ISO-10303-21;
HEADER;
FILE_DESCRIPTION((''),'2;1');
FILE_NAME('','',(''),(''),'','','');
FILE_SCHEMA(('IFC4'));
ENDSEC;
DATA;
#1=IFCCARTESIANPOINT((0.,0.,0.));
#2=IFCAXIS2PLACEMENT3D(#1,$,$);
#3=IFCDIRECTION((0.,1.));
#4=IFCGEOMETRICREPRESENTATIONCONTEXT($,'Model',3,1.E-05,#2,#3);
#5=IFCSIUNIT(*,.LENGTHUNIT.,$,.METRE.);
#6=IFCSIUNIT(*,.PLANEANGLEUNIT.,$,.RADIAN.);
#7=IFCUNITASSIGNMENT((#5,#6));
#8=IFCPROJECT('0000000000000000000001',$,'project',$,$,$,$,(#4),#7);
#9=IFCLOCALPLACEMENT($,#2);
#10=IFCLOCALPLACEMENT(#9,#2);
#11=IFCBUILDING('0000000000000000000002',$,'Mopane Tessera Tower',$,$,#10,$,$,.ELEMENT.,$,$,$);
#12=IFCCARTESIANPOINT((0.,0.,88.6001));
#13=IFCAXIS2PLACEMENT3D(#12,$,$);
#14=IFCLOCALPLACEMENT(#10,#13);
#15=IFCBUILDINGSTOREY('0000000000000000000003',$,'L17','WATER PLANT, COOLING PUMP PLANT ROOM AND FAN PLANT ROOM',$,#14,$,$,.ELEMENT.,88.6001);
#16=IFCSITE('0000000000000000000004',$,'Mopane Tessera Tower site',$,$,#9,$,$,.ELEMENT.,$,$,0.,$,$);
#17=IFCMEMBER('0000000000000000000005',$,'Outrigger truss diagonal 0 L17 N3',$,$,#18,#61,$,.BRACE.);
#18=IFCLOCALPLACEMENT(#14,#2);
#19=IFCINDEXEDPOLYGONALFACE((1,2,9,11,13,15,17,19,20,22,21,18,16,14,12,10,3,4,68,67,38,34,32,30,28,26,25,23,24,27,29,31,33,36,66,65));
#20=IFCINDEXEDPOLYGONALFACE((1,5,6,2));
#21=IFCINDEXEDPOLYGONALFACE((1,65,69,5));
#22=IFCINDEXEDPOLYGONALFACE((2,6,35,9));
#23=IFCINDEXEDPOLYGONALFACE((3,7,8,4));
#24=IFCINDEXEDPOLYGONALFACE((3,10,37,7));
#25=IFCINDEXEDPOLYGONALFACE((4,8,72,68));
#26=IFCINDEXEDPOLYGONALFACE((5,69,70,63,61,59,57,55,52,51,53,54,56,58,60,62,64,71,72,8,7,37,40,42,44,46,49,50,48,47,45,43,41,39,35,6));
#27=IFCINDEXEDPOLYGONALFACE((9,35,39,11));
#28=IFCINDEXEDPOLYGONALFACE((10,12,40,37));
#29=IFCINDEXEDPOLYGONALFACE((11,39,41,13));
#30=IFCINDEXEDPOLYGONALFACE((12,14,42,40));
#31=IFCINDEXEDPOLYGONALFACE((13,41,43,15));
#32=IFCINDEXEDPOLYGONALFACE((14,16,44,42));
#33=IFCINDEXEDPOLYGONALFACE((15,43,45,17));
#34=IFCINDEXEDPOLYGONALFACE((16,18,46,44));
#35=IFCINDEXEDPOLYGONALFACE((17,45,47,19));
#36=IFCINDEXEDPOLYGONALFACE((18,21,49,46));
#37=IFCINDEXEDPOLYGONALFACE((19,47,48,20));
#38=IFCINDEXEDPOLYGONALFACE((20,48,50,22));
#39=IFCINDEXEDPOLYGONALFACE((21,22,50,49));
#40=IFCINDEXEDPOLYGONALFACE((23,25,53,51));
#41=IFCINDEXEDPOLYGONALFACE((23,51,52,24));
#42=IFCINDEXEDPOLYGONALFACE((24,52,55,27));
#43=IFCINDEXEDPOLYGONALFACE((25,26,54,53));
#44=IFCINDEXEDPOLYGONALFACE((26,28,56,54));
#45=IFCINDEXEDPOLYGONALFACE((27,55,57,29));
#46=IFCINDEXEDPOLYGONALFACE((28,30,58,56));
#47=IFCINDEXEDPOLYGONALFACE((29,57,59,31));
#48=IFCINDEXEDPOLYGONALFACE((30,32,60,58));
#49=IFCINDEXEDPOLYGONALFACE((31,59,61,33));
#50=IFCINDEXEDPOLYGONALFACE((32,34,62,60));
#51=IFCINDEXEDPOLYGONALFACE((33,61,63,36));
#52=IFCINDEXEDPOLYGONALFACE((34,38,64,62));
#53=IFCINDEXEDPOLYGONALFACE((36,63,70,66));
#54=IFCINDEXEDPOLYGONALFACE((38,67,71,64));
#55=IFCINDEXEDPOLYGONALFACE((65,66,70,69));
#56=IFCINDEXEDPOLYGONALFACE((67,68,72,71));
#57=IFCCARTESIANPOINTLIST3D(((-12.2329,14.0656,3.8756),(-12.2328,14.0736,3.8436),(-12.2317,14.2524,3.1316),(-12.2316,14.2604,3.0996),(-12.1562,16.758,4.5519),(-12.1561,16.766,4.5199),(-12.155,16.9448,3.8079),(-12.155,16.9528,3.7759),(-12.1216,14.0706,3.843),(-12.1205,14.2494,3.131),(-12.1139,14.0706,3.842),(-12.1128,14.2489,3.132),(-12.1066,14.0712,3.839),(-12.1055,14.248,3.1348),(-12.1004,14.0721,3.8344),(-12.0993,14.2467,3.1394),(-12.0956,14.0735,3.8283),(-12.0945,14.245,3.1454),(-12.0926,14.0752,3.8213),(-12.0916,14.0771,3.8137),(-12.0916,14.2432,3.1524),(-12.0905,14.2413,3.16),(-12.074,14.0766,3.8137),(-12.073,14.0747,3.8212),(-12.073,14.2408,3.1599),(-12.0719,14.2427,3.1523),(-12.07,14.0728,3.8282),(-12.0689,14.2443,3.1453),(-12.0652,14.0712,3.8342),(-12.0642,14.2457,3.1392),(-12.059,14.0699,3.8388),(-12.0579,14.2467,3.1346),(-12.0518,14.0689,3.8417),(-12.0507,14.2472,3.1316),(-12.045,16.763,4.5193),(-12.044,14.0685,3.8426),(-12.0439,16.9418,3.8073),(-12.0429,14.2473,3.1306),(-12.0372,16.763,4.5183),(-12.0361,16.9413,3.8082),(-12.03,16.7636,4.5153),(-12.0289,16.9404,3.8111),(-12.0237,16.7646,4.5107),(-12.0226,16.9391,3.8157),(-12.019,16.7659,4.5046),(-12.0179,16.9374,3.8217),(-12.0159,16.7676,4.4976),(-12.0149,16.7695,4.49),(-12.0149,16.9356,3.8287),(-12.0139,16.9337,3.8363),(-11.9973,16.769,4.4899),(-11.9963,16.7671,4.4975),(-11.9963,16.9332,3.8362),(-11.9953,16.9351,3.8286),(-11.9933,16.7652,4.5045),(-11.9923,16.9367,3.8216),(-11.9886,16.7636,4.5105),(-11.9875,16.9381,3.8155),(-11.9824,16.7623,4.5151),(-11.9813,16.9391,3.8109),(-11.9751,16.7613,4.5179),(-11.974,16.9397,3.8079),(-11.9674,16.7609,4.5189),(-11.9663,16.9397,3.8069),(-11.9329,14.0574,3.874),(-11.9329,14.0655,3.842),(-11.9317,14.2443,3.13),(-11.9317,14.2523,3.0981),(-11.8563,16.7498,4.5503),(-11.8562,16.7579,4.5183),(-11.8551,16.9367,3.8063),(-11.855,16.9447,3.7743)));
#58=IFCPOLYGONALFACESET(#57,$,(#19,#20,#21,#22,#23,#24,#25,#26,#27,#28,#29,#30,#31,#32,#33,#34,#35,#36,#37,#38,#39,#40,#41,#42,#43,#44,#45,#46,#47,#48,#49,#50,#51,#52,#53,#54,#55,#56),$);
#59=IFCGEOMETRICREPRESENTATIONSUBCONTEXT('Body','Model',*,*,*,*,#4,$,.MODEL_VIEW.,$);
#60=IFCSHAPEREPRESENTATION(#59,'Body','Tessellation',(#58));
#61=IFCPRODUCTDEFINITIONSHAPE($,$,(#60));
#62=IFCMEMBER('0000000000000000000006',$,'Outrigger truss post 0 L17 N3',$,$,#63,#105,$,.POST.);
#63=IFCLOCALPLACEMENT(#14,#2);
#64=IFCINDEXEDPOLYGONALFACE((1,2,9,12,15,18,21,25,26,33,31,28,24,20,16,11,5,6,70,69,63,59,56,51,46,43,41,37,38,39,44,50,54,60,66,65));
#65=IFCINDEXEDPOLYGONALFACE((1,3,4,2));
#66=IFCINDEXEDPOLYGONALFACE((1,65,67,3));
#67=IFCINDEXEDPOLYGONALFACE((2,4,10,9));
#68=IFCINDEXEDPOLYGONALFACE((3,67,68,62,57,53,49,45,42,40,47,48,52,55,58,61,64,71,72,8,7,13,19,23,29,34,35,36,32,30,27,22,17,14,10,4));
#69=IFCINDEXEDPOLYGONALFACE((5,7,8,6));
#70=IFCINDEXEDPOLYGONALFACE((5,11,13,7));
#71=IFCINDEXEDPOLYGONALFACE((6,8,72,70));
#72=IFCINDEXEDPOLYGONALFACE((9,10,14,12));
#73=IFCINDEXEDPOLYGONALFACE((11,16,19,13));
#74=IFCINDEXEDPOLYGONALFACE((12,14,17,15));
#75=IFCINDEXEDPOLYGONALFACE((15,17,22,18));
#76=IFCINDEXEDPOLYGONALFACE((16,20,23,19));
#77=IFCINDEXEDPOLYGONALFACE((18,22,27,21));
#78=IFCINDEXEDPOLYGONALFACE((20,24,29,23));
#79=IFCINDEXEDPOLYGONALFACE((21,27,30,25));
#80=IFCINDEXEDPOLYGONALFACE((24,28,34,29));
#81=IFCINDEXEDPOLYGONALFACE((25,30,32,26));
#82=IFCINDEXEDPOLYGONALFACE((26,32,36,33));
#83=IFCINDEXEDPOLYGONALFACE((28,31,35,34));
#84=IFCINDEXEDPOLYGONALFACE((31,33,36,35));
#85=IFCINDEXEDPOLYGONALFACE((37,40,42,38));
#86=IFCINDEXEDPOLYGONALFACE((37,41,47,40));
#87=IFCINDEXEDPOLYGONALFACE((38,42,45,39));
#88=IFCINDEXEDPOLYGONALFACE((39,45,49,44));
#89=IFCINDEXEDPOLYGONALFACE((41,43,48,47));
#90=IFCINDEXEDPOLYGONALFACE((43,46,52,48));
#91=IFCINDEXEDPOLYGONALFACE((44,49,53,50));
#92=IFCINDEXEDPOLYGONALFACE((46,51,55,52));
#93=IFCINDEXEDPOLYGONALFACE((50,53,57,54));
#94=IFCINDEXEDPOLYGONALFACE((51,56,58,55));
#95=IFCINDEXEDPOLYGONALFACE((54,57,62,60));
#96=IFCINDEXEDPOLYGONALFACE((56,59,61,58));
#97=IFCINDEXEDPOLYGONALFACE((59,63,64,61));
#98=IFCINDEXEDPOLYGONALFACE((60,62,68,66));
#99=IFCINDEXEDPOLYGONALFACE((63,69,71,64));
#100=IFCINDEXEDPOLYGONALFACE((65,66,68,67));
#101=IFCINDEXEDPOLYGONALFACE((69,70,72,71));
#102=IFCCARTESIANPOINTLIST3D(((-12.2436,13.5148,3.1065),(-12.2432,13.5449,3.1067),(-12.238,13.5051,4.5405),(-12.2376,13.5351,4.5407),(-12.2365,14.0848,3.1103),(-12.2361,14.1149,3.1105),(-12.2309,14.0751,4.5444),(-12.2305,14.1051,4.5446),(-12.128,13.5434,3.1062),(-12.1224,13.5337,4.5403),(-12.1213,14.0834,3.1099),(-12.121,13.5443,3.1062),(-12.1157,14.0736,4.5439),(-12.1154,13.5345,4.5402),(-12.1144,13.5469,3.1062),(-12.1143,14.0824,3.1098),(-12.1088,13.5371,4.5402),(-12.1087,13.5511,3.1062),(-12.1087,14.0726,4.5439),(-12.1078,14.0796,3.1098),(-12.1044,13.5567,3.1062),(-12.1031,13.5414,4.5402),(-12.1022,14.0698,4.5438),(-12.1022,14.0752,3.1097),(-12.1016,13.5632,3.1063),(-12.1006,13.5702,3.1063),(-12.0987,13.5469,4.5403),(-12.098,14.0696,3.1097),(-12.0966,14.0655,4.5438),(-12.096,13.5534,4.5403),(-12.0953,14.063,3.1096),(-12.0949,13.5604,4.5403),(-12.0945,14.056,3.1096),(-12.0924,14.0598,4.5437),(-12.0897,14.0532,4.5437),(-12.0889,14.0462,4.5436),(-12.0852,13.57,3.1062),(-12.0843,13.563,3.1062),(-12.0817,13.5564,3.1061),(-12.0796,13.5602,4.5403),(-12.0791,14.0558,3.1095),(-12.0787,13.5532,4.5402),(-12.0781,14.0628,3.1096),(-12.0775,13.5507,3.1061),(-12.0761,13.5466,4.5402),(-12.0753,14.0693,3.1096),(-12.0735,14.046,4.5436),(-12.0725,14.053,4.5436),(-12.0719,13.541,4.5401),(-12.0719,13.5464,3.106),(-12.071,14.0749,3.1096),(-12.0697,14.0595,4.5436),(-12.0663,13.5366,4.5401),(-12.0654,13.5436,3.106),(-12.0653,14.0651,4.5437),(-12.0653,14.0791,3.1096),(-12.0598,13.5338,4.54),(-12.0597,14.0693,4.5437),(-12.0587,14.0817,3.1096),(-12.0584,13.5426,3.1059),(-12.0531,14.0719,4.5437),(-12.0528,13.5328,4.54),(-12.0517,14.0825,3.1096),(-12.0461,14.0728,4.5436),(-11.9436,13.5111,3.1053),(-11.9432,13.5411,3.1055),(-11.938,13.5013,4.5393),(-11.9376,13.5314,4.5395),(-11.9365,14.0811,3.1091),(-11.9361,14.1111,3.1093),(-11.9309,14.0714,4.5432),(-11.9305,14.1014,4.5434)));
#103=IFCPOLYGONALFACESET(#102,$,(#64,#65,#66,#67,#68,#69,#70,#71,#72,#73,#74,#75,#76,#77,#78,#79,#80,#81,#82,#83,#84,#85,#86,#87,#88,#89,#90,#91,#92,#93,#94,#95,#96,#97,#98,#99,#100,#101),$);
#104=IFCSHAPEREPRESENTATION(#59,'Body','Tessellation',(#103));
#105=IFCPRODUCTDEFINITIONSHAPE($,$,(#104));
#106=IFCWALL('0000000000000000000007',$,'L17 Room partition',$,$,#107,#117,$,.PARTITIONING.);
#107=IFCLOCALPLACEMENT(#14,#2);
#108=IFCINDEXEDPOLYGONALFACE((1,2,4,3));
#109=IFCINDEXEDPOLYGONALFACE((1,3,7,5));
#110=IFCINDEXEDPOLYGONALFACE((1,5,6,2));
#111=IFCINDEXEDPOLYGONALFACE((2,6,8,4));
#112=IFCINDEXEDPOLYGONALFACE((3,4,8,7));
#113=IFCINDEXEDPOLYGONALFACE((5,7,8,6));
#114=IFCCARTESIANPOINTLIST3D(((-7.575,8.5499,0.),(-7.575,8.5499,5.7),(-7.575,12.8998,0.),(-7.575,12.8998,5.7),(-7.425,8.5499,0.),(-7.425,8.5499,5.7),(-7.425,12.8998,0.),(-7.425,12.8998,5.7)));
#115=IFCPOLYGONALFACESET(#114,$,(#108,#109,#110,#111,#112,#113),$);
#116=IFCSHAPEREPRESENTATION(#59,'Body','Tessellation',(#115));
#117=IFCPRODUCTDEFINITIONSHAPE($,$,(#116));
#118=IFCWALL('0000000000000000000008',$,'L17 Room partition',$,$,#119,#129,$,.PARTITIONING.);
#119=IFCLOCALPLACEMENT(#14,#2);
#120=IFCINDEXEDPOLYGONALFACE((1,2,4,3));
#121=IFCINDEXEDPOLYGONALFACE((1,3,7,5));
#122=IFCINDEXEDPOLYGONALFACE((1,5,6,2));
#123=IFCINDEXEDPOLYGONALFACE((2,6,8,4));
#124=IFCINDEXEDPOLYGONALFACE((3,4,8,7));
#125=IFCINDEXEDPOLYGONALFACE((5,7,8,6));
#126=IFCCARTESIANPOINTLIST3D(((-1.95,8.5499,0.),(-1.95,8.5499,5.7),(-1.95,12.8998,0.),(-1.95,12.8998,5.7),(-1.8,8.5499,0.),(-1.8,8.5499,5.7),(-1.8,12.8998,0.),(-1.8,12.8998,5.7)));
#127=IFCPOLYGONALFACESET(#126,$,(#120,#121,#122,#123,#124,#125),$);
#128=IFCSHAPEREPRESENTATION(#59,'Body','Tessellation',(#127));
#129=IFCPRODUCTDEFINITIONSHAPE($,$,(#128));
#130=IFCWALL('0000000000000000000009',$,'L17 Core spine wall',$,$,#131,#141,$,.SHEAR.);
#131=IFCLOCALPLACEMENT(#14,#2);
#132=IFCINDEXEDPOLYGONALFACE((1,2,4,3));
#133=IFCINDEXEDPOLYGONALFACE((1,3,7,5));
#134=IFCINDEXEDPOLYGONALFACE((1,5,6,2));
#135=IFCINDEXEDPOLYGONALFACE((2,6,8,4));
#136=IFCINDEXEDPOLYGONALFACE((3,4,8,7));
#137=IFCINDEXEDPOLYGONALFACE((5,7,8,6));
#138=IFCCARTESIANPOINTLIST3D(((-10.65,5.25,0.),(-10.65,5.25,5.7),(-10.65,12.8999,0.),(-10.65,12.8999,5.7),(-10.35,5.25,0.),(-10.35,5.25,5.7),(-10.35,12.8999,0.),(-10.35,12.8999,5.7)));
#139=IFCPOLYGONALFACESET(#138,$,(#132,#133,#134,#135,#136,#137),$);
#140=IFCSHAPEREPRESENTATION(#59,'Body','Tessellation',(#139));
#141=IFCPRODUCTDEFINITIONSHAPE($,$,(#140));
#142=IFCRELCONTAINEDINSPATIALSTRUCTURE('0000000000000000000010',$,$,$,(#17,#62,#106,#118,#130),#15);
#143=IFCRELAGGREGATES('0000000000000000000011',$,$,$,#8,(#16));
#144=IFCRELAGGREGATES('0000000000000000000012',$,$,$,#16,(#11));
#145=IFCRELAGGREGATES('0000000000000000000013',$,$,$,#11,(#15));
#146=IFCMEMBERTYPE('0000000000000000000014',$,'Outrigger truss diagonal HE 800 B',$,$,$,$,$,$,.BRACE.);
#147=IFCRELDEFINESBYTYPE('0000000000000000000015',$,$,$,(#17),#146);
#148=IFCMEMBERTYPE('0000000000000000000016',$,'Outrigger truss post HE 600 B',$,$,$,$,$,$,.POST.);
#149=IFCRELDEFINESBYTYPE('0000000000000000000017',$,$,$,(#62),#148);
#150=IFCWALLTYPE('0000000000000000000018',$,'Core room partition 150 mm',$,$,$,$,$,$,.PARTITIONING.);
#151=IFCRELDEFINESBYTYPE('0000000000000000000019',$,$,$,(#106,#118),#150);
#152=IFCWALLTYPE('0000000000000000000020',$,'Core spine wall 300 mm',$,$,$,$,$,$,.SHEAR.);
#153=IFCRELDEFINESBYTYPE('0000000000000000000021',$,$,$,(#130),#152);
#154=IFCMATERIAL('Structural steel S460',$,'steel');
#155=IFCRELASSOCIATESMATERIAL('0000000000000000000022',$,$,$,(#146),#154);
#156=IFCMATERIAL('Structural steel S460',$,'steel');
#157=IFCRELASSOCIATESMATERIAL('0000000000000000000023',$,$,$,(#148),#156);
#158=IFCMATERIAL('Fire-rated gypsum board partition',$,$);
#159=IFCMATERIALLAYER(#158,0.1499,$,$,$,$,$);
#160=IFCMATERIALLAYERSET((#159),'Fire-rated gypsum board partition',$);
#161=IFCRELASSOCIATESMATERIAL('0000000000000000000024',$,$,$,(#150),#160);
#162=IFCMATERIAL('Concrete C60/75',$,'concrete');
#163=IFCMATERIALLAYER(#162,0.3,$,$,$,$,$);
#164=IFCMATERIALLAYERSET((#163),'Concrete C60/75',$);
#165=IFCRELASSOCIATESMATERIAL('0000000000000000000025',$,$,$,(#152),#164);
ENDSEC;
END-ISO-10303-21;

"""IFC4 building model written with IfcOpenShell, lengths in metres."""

from ifc_helpers import new_model, si_unit, direction, frame, frame_2d, origin, origin_2d, place, context, subcontext, project, spatial, rectangle, i_section, extrude, material, layer, layer_set, material_profile, profile_set, type_object, element, save


model = new_model("IFC4")

# Units and contexts
model_context = context("Model", 3, precision=1e-05, world=origin(), true_north=direction((0.0, 1.0)))
body_context = subcontext(model_context, "Body", "Model", "MODEL_VIEW")
ifc_project = project(units=[si_unit("LENGTHUNIT", "METRE"), si_unit("PLANEANGLEUNIT", "RADIAN")], contexts=[model_context])

# Site, building, storey
site_placement = place(None, origin())
site = spatial("IfcSite", under=ifc_project, at=site_placement, Name="Mopane Tessera Tower site", CompositionType="ELEMENT", RefElevation=0.0)
building_placement = place(site_placement, origin())
building = spatial("IfcBuilding", under=site, at=building_placement, Name="Mopane Tessera Tower", CompositionType="ELEMENT")
storey_placement = place(building_placement, frame((0.0, 0.0, 88.6001)))
storey = spatial("IfcBuildingStorey", under=building, at=storey_placement, Name="L17", Description="WATER PLANT, COOLING PUMP PLANT ROOM AND FAN PLANT ROOM", CompositionType="ELEMENT", Elevation=88.6001)

# Members
ifc_material_1 = material(Name="Structural steel S460", Category="steel")
ifc_material_profile_1 = material_profile(ifc_material_1, i_section(OverallWidth=0.3, OverallDepth=0.8, WebThickness=0.0176, FlangeThickness=0.033, FilletRadius=0.03, at=origin_2d()))
ifc_profile_set_1 = profile_set([ifc_material_profile_1], Name="Structural steel S460")
member_type_1 = type_object("IfcMemberType", Name="Outrigger truss diagonal HE 800 B", PredefinedType="BRACE", material=ifc_profile_set_1)
member_1_placement = place(storey_placement, frame((-12.0823, 14.1589, 3.4868), z_axis=(0.027605, 0.969503, 0.243519), x_axis=(-0.999618, 0.027144, 0.005247)))
element("IfcMember", 1, at=member_1_placement, inside=storey, type_object=member_type_1, Name="Outrigger truss diagonal 0 L17 N3", PredefinedType="BRACE", context=body_context, shape_type="SweptSolid", body=[
    extrude(i_section(OverallWidth=0.3, OverallDepth=0.8, WebThickness=0.0176, FlangeThickness=0.033, FilletRadius=0.03, at=origin_2d()), origin(), (0.0, 0.0, 1.0), 2.7771),
])
ifc_material_2 = material(Name="Structural steel S460", Category="steel")
ifc_material_profile_2 = material_profile(ifc_material_2, i_section(OverallWidth=0.3, OverallDepth=0.6001, WebThickness=0.0154, FlangeThickness=0.03, FilletRadius=0.0271, at=origin_2d()))
ifc_profile_set_2 = profile_set([ifc_material_profile_2], Name="Structural steel S460")
member_type_2 = type_object("IfcMemberType", Name="Outrigger truss post HE 600 B", PredefinedType="POST", material=ifc_profile_set_2)
member_2_placement = place(storey_placement, frame((-12.0898, 13.813, 3.1079), z_axis=(0.003915, -0.006809, 0.999969), x_axis=(-0.999915, 0.012416, 0.004)))
element("IfcMember", 2, at=member_2_placement, inside=storey, type_object=member_type_2, Name="Outrigger truss post 0 L17 N3", PredefinedType="POST", context=body_context, shape_type="SweptSolid", body=[
    extrude(i_section(OverallWidth=0.3, OverallDepth=0.6001, WebThickness=0.0154, FlangeThickness=0.03, FilletRadius=0.0271, at=origin_2d()), origin(), (0.0, 0.0, 1.0), 1.4341),
])

# Walls
ifc_material_3 = material(Name="Fire-rated gypsum board partition")
ifc_layer_1 = layer(ifc_material_3, 0.1499)
ifc_layer_set_1 = layer_set([ifc_layer_1], Name="Fire-rated gypsum board partition")
wall_type_1 = type_object("IfcWallType", Name="Core room partition 150 mm", PredefinedType="PARTITIONING", material=ifc_layer_set_1)
for number, where, z_axis, x_axis, name in (
    (3, (-7.5, 8.55, 0.0), (0.0, 0.0, 1.0), (0.0, 1.0, 0.0), "L17 Room partition"),
    (4, (-1.875, 8.55, 0.0), (0.0, 0.0, 1.0), (0.0, 1.0, 0.0), "L17 Room partition"),
):
    element("IfcWall", number, at=place(storey_placement, frame(where, z_axis=z_axis, x_axis=x_axis)), inside=storey, type_object=wall_type_1, Name=name, PredefinedType="PARTITIONING", context=body_context, shape_type="SweptSolid", body=[
        extrude(rectangle(XDim=4.3499, YDim=0.1499, at=frame_2d((2.1748, 0.0))), origin(), (0.0, 0.0, 1.0), 5.7),
    ])
ifc_material_4 = material(Name="Concrete C60/75", Category="concrete")
ifc_layer_2 = layer(ifc_material_4, 0.3)
ifc_layer_set_2 = layer_set([ifc_layer_2], Name="Concrete C60/75")
wall_type_2 = type_object("IfcWallType", Name="Core spine wall 300 mm", PredefinedType="SHEAR", material=ifc_layer_set_2)
wall_1_placement = place(storey_placement, frame((-10.5, 5.25, 0.0), z_axis=(0.0, 0.0, 1.0), x_axis=(0.0, 1.0, 0.0)))
element("IfcWall", 5, at=wall_1_placement, inside=storey, type_object=wall_type_2, Name="L17 Core spine wall", PredefinedType="SHEAR", context=body_context, shape_type="SweptSolid", body=[
    extrude(rectangle(XDim=7.6499, YDim=0.3, at=frame_2d((3.825, 0.0))), origin(), (0.0, 0.0, 1.0), 5.7),
])

save(model, "model.ifc")
